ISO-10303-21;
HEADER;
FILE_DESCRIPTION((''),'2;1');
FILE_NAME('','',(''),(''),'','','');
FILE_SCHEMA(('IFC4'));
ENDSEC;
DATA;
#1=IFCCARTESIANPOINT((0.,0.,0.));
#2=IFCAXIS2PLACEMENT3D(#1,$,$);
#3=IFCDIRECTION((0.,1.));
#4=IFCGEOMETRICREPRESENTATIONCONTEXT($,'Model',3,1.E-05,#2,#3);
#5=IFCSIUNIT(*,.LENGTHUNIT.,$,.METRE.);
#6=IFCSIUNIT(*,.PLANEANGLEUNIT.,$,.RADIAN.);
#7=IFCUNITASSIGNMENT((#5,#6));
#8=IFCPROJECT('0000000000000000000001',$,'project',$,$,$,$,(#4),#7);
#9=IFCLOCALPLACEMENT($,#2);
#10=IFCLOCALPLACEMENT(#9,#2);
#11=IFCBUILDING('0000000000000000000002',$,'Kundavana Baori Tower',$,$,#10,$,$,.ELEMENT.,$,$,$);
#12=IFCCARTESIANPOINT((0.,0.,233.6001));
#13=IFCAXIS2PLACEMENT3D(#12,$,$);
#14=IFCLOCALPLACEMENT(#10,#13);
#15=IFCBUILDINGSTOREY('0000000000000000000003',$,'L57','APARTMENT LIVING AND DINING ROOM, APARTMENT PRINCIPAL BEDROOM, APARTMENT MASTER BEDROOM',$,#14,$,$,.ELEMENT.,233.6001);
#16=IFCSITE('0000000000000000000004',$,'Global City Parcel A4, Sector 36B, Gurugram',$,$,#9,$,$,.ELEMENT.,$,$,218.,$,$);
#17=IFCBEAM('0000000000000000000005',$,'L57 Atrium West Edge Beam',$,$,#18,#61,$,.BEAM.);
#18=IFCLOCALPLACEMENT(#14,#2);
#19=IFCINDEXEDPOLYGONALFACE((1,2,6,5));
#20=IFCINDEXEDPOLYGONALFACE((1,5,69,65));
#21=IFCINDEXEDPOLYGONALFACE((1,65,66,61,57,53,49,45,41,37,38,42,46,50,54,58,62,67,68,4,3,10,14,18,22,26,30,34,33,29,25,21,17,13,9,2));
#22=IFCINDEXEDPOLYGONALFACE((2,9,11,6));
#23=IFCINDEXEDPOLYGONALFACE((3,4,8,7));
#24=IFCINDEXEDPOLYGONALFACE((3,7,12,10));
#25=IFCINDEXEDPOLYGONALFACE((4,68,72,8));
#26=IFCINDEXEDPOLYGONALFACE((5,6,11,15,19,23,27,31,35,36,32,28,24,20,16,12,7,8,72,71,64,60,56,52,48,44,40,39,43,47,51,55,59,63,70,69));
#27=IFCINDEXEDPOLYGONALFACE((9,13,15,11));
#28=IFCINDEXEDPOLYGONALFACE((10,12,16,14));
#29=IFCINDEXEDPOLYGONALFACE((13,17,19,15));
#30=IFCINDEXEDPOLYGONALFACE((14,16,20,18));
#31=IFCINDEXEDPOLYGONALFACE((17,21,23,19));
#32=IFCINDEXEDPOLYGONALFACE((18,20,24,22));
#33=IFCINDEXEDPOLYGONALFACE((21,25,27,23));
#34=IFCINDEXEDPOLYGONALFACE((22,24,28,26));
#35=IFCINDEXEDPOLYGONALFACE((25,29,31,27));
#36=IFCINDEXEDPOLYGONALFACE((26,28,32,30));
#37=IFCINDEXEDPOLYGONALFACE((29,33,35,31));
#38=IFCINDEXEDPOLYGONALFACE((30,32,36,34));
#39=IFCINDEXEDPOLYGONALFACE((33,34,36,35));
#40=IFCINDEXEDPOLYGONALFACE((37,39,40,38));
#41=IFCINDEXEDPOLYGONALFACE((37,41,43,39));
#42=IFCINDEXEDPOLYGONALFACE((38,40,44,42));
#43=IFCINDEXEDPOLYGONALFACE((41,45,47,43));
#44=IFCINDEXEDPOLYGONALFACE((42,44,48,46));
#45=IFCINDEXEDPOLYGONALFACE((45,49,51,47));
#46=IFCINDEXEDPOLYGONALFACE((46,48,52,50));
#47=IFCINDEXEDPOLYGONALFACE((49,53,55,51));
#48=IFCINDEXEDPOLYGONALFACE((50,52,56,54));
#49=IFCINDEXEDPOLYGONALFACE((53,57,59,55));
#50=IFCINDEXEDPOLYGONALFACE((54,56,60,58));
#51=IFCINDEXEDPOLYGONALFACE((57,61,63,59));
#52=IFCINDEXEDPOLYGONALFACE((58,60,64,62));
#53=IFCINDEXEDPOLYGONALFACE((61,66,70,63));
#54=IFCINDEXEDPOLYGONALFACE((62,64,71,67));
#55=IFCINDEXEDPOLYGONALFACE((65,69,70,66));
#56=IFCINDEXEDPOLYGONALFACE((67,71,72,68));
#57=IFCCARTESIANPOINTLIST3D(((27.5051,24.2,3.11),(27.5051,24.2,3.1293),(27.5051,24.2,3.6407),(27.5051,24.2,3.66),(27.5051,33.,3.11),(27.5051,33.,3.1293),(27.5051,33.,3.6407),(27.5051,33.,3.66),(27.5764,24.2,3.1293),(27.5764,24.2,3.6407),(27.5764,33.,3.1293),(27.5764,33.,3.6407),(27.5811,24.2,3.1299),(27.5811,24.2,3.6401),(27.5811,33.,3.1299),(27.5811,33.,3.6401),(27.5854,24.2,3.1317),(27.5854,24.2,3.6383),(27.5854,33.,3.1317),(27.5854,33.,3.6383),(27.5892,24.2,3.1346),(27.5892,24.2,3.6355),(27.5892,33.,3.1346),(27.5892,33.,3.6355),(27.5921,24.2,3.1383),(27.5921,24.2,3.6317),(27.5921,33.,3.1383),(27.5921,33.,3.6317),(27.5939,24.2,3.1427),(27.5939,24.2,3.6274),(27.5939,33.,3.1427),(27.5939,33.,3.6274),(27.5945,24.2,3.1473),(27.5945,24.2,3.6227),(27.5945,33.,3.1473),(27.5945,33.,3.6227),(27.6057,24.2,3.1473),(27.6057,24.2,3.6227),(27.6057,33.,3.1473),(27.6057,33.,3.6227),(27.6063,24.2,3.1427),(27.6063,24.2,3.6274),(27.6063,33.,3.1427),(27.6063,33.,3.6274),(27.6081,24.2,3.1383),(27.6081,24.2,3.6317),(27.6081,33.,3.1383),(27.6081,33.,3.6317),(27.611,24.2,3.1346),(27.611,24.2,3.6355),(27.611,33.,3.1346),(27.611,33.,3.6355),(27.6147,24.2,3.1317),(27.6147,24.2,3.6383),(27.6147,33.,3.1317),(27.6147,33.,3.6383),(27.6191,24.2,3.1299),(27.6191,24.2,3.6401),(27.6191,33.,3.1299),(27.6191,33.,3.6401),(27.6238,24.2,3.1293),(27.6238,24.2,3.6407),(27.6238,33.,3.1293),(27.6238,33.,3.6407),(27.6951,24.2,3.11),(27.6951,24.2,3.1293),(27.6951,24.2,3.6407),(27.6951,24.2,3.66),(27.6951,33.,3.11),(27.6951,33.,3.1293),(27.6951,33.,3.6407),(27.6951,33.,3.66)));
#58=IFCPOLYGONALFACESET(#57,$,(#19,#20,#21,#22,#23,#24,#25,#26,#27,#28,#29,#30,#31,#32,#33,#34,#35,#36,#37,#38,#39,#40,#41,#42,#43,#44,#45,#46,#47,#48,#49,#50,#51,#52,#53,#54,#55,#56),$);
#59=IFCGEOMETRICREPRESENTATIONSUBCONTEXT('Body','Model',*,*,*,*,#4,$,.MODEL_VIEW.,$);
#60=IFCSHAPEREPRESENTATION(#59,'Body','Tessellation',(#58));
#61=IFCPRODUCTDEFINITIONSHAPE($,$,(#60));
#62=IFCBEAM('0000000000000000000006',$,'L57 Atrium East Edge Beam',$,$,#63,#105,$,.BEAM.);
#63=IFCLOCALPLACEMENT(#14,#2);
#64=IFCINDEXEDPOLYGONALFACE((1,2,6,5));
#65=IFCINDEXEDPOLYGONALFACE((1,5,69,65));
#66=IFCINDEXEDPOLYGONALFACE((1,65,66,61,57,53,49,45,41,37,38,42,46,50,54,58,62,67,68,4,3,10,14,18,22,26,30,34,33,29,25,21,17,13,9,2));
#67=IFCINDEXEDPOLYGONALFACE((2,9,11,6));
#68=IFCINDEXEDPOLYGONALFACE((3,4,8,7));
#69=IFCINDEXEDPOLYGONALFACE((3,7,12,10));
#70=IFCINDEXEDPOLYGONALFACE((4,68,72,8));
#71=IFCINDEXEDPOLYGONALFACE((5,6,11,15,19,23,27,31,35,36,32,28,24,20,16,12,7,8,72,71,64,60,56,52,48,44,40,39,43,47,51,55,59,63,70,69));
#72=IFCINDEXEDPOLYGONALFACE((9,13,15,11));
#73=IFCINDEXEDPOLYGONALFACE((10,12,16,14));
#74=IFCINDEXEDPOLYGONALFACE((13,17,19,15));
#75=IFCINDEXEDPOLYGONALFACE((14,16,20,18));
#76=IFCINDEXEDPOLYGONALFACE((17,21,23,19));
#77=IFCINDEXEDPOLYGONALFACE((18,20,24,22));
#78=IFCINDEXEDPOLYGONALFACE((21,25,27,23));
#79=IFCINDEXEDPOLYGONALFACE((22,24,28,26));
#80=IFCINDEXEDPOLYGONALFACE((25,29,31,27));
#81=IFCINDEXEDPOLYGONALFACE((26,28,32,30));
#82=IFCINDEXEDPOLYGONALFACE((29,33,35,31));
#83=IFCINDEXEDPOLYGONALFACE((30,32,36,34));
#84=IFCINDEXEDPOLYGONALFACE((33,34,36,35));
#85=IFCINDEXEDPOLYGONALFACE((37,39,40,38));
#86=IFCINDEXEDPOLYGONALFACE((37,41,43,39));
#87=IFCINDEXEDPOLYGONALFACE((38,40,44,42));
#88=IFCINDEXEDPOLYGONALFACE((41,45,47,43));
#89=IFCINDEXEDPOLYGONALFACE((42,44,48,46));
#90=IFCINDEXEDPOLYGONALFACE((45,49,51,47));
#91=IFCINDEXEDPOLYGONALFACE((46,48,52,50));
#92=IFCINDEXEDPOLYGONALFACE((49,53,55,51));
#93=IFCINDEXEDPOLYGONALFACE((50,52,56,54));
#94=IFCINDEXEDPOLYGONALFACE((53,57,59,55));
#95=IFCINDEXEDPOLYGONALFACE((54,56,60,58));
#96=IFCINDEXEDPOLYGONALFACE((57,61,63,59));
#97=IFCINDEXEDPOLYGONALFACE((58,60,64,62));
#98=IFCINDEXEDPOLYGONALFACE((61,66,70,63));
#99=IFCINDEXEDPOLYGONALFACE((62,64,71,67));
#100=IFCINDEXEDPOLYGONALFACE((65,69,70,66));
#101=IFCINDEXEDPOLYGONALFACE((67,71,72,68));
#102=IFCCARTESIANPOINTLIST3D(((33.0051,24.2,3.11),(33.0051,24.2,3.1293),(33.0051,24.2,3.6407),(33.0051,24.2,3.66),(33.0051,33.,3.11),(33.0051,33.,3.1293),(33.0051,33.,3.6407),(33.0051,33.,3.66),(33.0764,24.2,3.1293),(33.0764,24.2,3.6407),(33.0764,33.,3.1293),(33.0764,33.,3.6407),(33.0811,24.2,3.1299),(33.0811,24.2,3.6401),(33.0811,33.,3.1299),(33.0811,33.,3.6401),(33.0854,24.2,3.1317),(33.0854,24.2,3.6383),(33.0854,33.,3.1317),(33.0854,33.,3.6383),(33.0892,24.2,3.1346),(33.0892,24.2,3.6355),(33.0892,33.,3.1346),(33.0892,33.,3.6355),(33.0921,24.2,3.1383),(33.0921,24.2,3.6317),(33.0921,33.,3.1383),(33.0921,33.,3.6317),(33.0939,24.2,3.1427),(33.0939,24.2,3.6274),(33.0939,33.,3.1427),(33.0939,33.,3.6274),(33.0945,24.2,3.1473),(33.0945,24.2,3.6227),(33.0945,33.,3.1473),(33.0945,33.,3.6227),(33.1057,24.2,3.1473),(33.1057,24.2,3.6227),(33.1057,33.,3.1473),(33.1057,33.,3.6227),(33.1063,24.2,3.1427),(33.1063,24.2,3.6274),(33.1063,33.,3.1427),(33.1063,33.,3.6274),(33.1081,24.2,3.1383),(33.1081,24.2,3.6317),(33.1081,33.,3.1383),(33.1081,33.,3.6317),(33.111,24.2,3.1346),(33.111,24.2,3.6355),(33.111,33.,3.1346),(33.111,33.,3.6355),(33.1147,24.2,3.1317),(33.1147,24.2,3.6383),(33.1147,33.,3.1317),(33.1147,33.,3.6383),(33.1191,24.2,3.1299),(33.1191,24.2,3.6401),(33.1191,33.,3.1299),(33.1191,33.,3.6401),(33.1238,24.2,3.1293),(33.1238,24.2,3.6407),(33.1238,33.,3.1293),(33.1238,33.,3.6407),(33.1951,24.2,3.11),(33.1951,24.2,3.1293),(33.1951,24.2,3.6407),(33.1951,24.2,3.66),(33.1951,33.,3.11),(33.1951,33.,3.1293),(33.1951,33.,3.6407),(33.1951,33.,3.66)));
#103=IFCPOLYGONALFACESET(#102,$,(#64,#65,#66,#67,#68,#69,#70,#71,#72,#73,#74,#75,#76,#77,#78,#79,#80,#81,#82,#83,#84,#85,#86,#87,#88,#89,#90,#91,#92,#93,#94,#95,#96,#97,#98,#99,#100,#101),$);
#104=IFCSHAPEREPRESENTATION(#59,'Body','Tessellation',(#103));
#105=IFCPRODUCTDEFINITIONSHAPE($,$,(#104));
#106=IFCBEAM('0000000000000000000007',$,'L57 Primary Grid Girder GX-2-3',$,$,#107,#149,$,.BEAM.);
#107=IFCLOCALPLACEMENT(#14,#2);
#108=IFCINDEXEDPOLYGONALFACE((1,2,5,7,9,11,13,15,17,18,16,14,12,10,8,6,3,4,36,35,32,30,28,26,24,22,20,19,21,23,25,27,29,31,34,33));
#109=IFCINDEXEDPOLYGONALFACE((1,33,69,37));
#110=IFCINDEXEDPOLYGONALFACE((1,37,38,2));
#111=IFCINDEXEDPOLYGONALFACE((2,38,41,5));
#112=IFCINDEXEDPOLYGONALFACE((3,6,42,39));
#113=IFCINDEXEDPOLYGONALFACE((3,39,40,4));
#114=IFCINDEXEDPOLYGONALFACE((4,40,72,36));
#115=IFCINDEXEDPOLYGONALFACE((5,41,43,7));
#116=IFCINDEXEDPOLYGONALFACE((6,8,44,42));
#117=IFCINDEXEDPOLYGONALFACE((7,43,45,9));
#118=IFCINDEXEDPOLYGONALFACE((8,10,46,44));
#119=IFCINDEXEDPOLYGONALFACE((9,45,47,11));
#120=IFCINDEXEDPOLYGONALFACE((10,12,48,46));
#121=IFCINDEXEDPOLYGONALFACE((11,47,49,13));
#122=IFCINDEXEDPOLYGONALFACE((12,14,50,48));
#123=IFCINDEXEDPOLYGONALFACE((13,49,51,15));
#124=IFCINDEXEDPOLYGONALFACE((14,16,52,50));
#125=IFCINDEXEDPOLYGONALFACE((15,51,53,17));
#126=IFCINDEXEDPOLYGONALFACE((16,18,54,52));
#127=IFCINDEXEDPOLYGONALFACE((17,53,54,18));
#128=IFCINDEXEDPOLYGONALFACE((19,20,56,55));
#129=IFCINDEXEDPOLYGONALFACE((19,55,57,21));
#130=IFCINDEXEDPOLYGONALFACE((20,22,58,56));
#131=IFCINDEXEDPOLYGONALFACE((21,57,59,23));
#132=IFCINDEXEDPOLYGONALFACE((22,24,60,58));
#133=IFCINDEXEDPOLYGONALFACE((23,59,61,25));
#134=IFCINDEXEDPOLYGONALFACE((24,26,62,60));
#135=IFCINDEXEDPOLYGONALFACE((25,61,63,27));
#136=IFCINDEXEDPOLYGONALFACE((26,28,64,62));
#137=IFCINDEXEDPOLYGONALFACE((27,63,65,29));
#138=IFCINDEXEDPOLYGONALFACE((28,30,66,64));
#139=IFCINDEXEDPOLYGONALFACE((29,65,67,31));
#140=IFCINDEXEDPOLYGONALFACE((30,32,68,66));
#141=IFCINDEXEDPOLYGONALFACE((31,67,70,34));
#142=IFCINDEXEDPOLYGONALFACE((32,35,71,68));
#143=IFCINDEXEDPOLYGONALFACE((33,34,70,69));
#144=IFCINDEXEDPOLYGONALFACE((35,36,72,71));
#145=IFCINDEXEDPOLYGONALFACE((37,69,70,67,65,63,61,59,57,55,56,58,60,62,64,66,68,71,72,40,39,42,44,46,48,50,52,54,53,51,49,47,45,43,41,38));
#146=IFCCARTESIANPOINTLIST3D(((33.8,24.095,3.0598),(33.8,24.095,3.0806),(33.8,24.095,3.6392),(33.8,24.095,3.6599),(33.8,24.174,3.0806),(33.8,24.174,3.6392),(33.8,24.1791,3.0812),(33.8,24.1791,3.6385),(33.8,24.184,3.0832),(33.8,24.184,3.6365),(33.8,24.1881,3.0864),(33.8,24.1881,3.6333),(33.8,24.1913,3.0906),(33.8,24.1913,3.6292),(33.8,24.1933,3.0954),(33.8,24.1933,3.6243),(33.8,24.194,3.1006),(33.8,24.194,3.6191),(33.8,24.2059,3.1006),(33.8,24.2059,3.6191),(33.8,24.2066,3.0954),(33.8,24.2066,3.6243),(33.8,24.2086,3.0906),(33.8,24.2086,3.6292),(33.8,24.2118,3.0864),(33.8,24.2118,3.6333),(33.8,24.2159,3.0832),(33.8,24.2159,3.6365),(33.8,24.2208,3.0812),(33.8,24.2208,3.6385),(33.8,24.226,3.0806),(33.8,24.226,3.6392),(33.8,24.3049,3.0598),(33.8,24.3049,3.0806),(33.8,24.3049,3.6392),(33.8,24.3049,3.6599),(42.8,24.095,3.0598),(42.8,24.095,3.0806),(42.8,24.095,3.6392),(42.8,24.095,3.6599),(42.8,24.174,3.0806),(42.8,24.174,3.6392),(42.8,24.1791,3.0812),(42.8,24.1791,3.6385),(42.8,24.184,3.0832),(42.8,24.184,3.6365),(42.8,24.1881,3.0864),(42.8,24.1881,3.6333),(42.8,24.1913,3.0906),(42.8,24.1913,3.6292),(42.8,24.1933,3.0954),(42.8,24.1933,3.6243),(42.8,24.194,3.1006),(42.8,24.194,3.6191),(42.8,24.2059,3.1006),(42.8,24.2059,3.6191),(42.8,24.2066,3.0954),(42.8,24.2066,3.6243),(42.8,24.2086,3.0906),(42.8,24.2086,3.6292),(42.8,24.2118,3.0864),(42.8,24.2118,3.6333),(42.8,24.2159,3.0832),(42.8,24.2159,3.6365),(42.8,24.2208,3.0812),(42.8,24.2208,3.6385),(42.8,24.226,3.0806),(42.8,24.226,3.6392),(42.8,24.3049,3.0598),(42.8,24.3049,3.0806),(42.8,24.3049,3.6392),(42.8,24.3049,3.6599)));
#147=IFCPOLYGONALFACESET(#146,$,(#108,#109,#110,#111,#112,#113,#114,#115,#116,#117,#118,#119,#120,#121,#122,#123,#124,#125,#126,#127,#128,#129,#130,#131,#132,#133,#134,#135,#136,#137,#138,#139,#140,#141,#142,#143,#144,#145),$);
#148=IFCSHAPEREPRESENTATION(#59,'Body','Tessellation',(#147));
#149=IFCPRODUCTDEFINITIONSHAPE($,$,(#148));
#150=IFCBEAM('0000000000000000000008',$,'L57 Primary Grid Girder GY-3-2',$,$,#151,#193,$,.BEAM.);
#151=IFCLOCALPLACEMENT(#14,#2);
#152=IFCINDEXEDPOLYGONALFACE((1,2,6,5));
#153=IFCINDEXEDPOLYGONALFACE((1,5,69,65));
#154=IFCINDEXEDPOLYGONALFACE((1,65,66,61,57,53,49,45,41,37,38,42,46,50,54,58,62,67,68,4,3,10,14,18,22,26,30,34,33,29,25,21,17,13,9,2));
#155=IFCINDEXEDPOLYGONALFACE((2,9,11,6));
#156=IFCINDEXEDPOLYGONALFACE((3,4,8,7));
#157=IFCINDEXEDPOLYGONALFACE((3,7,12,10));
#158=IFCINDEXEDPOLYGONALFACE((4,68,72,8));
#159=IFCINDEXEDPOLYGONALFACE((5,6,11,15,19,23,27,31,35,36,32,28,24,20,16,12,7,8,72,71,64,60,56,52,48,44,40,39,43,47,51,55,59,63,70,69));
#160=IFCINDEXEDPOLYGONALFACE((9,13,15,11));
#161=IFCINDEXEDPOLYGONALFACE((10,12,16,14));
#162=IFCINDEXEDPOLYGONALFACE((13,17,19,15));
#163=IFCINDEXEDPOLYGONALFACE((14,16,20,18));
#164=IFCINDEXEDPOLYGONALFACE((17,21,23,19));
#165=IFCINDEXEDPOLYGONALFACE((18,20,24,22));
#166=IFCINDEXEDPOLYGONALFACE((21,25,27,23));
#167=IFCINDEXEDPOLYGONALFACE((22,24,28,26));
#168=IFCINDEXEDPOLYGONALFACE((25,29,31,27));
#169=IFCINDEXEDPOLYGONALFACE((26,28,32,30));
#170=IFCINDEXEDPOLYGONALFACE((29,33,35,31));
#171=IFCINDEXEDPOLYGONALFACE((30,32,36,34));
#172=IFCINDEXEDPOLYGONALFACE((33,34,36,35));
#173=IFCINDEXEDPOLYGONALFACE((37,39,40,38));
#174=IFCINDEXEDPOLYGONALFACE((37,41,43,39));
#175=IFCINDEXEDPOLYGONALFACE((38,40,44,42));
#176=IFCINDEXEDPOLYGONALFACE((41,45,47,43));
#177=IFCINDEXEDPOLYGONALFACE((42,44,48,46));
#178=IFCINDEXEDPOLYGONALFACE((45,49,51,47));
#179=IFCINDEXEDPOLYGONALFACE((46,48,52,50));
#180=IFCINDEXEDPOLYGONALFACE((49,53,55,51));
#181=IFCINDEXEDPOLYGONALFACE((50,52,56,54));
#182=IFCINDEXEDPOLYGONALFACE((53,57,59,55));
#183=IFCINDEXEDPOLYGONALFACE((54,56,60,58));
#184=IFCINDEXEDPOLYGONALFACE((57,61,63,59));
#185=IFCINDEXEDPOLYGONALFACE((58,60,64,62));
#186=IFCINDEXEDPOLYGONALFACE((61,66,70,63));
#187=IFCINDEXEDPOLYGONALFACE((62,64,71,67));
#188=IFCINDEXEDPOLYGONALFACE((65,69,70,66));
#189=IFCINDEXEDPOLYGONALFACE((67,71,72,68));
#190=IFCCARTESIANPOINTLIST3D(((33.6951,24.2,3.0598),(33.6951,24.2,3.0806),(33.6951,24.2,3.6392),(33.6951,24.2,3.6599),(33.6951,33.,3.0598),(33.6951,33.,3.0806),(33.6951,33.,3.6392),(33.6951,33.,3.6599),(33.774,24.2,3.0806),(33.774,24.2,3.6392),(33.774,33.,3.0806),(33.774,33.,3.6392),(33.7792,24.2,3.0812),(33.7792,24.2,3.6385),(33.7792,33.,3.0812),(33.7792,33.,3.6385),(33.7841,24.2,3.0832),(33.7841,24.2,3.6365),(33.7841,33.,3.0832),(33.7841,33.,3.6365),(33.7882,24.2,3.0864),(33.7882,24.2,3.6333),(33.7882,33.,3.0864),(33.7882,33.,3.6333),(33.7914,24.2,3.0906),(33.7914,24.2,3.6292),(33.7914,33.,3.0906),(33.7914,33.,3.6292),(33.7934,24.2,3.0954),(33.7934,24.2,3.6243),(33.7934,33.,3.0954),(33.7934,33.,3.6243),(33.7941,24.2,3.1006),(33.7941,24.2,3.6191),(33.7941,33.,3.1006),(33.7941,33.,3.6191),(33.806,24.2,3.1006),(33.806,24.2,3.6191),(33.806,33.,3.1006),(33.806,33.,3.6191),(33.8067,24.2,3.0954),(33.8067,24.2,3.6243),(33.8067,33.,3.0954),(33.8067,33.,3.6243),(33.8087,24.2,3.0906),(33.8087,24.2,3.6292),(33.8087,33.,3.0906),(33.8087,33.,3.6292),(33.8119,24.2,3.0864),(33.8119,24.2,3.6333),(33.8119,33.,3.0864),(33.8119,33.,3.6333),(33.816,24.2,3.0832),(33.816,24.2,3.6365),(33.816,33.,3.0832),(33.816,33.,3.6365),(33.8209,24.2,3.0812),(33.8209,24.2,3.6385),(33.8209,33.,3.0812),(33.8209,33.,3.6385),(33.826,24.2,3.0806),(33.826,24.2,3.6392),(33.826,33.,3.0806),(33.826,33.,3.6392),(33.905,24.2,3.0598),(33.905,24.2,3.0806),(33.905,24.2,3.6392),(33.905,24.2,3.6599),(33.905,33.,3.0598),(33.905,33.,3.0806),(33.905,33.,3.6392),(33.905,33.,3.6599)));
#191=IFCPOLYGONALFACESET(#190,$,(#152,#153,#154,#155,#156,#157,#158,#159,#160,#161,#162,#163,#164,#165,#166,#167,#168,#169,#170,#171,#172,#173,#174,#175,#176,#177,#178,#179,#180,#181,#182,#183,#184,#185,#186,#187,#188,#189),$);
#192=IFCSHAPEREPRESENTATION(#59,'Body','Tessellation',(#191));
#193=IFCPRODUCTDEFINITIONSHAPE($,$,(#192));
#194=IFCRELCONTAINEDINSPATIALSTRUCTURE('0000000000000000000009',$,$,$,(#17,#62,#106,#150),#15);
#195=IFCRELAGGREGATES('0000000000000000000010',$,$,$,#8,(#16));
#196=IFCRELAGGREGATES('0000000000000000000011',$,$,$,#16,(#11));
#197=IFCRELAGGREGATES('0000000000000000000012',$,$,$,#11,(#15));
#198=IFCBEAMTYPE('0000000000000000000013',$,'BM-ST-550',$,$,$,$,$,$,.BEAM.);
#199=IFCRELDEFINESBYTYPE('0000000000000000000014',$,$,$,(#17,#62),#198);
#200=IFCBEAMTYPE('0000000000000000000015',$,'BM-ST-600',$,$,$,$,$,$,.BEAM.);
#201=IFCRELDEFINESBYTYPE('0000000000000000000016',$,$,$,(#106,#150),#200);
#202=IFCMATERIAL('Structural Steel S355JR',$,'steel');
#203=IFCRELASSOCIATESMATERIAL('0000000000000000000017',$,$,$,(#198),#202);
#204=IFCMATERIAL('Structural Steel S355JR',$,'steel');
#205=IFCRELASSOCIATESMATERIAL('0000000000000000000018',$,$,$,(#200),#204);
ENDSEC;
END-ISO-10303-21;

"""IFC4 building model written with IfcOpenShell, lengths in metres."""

from ifc_helpers import new_model, si_unit, direction, frame, origin, origin_2d, place, context, subcontext, project, spatial, i_section, extrude, material, material_profile, profile_set, type_object, element, save


model = new_model("IFC4")

# Units and contexts
model_context = context("Model", 3, precision=1e-05, world=origin(), true_north=direction((0.0, 1.0)))
body_context = subcontext(model_context, "Body", "Model", "MODEL_VIEW")
ifc_project = project(units=[si_unit("LENGTHUNIT", "METRE"), si_unit("PLANEANGLEUNIT", "RADIAN")], contexts=[model_context])

# Site, building, storey
site_placement = place(None, origin())
site = spatial("IfcSite", under=ifc_project, at=site_placement, Name="Global City Parcel A4, Sector 36B, Gurugram", CompositionType="ELEMENT", RefElevation=218.0)
building_placement = place(site_placement, origin())
building = spatial("IfcBuilding", under=site, at=building_placement, Name="Kundavana Baori Tower", CompositionType="ELEMENT")
storey_placement = place(building_placement, frame((0.0, 0.0, 233.6001)))
storey = spatial("IfcBuildingStorey", under=building, at=storey_placement, Name="L57", Description="APARTMENT LIVING AND DINING ROOM, APARTMENT PRINCIPAL BEDROOM, APARTMENT MASTER BEDROOM", CompositionType="ELEMENT", Elevation=233.6001)

# Beams
ifc_material_1 = material(Name="Structural Steel S355JR", Category="steel")
ifc_material_profile_1 = material_profile(ifc_material_1, i_section(OverallWidth=0.1899, OverallDepth=0.55, WebThickness=0.0112, FlangeThickness=0.0193, FilletRadius=0.0181, at=origin_2d()), Name="ISMB 550")
ifc_profile_set_1 = profile_set([ifc_material_profile_1], Name="Structural Steel S355JR")
beam_type_1 = type_object("IfcBeamType", Name="BM-ST-550", PredefinedType="BEAM", material=ifc_profile_set_1)
for number, where, z_axis, x_axis, name in (
    (1, (27.6001, 24.2, 3.385), (0.0, 1.0, 0.0), (-1.0, 0.0, 0.0), "L57 Atrium West Edge Beam"),
    (2, (33.1001, 24.2, 3.385), (0.0, 1.0, 0.0), (-1.0, 0.0, 0.0), "L57 Atrium East Edge Beam"),
):
    element("IfcBeam", number, at=place(storey_placement, frame(where, z_axis=z_axis, x_axis=x_axis)), inside=storey, type_object=beam_type_1, Name=name, PredefinedType="BEAM", context=body_context, shape_type="SweptSolid", body=[
        extrude(i_section(OverallWidth=0.1899, OverallDepth=0.55, WebThickness=0.0112, FlangeThickness=0.0193, FilletRadius=0.0181, at=origin_2d()), origin(), (0.0, 0.0, 1.0), 8.8),
    ])
ifc_material_2 = material(Name="Structural Steel S355JR", Category="steel")
ifc_material_profile_2 = material_profile(ifc_material_2, i_section(OverallWidth=0.21, OverallDepth=0.6001, WebThickness=0.012, FlangeThickness=0.0208, FilletRadius=0.02, at=origin_2d()), Name="ISMB 600")
ifc_profile_set_2 = profile_set([ifc_material_profile_2], Name="Structural Steel S355JR")
beam_type_2 = type_object("IfcBeamType", Name="BM-ST-600", PredefinedType="BEAM", material=ifc_profile_set_2)
beam_1_placement = place(storey_placement, frame((33.8, 24.2, 3.3599), z_axis=(1.0, 0.0, 0.0), x_axis=(0.0, 1.0, 0.0)))
element("IfcBeam", 3, at=beam_1_placement, inside=storey, type_object=beam_type_2, Name="L57 Primary Grid Girder GX-2-3", PredefinedType="BEAM", context=body_context, shape_type="SweptSolid", body=[
    extrude(i_section(OverallWidth=0.21, OverallDepth=0.6001, WebThickness=0.012, FlangeThickness=0.0208, FilletRadius=0.02, at=origin_2d()), origin(), (0.0, 0.0, 1.0), 9.0),
])
beam_2_placement = place(storey_placement, frame((33.8, 24.2, 3.3599), z_axis=(0.0, 1.0, 0.0), x_axis=(-1.0, 0.0, 0.0)))
element("IfcBeam", 4, at=beam_2_placement, inside=storey, type_object=beam_type_2, Name="L57 Primary Grid Girder GY-3-2", PredefinedType="BEAM", context=body_context, shape_type="SweptSolid", body=[
    extrude(i_section(OverallWidth=0.21, OverallDepth=0.6001, WebThickness=0.012, FlangeThickness=0.0208, FilletRadius=0.02, at=origin_2d()), origin(), (0.0, 0.0, 1.0), 8.8),
])

save(model, "model.ifc")
